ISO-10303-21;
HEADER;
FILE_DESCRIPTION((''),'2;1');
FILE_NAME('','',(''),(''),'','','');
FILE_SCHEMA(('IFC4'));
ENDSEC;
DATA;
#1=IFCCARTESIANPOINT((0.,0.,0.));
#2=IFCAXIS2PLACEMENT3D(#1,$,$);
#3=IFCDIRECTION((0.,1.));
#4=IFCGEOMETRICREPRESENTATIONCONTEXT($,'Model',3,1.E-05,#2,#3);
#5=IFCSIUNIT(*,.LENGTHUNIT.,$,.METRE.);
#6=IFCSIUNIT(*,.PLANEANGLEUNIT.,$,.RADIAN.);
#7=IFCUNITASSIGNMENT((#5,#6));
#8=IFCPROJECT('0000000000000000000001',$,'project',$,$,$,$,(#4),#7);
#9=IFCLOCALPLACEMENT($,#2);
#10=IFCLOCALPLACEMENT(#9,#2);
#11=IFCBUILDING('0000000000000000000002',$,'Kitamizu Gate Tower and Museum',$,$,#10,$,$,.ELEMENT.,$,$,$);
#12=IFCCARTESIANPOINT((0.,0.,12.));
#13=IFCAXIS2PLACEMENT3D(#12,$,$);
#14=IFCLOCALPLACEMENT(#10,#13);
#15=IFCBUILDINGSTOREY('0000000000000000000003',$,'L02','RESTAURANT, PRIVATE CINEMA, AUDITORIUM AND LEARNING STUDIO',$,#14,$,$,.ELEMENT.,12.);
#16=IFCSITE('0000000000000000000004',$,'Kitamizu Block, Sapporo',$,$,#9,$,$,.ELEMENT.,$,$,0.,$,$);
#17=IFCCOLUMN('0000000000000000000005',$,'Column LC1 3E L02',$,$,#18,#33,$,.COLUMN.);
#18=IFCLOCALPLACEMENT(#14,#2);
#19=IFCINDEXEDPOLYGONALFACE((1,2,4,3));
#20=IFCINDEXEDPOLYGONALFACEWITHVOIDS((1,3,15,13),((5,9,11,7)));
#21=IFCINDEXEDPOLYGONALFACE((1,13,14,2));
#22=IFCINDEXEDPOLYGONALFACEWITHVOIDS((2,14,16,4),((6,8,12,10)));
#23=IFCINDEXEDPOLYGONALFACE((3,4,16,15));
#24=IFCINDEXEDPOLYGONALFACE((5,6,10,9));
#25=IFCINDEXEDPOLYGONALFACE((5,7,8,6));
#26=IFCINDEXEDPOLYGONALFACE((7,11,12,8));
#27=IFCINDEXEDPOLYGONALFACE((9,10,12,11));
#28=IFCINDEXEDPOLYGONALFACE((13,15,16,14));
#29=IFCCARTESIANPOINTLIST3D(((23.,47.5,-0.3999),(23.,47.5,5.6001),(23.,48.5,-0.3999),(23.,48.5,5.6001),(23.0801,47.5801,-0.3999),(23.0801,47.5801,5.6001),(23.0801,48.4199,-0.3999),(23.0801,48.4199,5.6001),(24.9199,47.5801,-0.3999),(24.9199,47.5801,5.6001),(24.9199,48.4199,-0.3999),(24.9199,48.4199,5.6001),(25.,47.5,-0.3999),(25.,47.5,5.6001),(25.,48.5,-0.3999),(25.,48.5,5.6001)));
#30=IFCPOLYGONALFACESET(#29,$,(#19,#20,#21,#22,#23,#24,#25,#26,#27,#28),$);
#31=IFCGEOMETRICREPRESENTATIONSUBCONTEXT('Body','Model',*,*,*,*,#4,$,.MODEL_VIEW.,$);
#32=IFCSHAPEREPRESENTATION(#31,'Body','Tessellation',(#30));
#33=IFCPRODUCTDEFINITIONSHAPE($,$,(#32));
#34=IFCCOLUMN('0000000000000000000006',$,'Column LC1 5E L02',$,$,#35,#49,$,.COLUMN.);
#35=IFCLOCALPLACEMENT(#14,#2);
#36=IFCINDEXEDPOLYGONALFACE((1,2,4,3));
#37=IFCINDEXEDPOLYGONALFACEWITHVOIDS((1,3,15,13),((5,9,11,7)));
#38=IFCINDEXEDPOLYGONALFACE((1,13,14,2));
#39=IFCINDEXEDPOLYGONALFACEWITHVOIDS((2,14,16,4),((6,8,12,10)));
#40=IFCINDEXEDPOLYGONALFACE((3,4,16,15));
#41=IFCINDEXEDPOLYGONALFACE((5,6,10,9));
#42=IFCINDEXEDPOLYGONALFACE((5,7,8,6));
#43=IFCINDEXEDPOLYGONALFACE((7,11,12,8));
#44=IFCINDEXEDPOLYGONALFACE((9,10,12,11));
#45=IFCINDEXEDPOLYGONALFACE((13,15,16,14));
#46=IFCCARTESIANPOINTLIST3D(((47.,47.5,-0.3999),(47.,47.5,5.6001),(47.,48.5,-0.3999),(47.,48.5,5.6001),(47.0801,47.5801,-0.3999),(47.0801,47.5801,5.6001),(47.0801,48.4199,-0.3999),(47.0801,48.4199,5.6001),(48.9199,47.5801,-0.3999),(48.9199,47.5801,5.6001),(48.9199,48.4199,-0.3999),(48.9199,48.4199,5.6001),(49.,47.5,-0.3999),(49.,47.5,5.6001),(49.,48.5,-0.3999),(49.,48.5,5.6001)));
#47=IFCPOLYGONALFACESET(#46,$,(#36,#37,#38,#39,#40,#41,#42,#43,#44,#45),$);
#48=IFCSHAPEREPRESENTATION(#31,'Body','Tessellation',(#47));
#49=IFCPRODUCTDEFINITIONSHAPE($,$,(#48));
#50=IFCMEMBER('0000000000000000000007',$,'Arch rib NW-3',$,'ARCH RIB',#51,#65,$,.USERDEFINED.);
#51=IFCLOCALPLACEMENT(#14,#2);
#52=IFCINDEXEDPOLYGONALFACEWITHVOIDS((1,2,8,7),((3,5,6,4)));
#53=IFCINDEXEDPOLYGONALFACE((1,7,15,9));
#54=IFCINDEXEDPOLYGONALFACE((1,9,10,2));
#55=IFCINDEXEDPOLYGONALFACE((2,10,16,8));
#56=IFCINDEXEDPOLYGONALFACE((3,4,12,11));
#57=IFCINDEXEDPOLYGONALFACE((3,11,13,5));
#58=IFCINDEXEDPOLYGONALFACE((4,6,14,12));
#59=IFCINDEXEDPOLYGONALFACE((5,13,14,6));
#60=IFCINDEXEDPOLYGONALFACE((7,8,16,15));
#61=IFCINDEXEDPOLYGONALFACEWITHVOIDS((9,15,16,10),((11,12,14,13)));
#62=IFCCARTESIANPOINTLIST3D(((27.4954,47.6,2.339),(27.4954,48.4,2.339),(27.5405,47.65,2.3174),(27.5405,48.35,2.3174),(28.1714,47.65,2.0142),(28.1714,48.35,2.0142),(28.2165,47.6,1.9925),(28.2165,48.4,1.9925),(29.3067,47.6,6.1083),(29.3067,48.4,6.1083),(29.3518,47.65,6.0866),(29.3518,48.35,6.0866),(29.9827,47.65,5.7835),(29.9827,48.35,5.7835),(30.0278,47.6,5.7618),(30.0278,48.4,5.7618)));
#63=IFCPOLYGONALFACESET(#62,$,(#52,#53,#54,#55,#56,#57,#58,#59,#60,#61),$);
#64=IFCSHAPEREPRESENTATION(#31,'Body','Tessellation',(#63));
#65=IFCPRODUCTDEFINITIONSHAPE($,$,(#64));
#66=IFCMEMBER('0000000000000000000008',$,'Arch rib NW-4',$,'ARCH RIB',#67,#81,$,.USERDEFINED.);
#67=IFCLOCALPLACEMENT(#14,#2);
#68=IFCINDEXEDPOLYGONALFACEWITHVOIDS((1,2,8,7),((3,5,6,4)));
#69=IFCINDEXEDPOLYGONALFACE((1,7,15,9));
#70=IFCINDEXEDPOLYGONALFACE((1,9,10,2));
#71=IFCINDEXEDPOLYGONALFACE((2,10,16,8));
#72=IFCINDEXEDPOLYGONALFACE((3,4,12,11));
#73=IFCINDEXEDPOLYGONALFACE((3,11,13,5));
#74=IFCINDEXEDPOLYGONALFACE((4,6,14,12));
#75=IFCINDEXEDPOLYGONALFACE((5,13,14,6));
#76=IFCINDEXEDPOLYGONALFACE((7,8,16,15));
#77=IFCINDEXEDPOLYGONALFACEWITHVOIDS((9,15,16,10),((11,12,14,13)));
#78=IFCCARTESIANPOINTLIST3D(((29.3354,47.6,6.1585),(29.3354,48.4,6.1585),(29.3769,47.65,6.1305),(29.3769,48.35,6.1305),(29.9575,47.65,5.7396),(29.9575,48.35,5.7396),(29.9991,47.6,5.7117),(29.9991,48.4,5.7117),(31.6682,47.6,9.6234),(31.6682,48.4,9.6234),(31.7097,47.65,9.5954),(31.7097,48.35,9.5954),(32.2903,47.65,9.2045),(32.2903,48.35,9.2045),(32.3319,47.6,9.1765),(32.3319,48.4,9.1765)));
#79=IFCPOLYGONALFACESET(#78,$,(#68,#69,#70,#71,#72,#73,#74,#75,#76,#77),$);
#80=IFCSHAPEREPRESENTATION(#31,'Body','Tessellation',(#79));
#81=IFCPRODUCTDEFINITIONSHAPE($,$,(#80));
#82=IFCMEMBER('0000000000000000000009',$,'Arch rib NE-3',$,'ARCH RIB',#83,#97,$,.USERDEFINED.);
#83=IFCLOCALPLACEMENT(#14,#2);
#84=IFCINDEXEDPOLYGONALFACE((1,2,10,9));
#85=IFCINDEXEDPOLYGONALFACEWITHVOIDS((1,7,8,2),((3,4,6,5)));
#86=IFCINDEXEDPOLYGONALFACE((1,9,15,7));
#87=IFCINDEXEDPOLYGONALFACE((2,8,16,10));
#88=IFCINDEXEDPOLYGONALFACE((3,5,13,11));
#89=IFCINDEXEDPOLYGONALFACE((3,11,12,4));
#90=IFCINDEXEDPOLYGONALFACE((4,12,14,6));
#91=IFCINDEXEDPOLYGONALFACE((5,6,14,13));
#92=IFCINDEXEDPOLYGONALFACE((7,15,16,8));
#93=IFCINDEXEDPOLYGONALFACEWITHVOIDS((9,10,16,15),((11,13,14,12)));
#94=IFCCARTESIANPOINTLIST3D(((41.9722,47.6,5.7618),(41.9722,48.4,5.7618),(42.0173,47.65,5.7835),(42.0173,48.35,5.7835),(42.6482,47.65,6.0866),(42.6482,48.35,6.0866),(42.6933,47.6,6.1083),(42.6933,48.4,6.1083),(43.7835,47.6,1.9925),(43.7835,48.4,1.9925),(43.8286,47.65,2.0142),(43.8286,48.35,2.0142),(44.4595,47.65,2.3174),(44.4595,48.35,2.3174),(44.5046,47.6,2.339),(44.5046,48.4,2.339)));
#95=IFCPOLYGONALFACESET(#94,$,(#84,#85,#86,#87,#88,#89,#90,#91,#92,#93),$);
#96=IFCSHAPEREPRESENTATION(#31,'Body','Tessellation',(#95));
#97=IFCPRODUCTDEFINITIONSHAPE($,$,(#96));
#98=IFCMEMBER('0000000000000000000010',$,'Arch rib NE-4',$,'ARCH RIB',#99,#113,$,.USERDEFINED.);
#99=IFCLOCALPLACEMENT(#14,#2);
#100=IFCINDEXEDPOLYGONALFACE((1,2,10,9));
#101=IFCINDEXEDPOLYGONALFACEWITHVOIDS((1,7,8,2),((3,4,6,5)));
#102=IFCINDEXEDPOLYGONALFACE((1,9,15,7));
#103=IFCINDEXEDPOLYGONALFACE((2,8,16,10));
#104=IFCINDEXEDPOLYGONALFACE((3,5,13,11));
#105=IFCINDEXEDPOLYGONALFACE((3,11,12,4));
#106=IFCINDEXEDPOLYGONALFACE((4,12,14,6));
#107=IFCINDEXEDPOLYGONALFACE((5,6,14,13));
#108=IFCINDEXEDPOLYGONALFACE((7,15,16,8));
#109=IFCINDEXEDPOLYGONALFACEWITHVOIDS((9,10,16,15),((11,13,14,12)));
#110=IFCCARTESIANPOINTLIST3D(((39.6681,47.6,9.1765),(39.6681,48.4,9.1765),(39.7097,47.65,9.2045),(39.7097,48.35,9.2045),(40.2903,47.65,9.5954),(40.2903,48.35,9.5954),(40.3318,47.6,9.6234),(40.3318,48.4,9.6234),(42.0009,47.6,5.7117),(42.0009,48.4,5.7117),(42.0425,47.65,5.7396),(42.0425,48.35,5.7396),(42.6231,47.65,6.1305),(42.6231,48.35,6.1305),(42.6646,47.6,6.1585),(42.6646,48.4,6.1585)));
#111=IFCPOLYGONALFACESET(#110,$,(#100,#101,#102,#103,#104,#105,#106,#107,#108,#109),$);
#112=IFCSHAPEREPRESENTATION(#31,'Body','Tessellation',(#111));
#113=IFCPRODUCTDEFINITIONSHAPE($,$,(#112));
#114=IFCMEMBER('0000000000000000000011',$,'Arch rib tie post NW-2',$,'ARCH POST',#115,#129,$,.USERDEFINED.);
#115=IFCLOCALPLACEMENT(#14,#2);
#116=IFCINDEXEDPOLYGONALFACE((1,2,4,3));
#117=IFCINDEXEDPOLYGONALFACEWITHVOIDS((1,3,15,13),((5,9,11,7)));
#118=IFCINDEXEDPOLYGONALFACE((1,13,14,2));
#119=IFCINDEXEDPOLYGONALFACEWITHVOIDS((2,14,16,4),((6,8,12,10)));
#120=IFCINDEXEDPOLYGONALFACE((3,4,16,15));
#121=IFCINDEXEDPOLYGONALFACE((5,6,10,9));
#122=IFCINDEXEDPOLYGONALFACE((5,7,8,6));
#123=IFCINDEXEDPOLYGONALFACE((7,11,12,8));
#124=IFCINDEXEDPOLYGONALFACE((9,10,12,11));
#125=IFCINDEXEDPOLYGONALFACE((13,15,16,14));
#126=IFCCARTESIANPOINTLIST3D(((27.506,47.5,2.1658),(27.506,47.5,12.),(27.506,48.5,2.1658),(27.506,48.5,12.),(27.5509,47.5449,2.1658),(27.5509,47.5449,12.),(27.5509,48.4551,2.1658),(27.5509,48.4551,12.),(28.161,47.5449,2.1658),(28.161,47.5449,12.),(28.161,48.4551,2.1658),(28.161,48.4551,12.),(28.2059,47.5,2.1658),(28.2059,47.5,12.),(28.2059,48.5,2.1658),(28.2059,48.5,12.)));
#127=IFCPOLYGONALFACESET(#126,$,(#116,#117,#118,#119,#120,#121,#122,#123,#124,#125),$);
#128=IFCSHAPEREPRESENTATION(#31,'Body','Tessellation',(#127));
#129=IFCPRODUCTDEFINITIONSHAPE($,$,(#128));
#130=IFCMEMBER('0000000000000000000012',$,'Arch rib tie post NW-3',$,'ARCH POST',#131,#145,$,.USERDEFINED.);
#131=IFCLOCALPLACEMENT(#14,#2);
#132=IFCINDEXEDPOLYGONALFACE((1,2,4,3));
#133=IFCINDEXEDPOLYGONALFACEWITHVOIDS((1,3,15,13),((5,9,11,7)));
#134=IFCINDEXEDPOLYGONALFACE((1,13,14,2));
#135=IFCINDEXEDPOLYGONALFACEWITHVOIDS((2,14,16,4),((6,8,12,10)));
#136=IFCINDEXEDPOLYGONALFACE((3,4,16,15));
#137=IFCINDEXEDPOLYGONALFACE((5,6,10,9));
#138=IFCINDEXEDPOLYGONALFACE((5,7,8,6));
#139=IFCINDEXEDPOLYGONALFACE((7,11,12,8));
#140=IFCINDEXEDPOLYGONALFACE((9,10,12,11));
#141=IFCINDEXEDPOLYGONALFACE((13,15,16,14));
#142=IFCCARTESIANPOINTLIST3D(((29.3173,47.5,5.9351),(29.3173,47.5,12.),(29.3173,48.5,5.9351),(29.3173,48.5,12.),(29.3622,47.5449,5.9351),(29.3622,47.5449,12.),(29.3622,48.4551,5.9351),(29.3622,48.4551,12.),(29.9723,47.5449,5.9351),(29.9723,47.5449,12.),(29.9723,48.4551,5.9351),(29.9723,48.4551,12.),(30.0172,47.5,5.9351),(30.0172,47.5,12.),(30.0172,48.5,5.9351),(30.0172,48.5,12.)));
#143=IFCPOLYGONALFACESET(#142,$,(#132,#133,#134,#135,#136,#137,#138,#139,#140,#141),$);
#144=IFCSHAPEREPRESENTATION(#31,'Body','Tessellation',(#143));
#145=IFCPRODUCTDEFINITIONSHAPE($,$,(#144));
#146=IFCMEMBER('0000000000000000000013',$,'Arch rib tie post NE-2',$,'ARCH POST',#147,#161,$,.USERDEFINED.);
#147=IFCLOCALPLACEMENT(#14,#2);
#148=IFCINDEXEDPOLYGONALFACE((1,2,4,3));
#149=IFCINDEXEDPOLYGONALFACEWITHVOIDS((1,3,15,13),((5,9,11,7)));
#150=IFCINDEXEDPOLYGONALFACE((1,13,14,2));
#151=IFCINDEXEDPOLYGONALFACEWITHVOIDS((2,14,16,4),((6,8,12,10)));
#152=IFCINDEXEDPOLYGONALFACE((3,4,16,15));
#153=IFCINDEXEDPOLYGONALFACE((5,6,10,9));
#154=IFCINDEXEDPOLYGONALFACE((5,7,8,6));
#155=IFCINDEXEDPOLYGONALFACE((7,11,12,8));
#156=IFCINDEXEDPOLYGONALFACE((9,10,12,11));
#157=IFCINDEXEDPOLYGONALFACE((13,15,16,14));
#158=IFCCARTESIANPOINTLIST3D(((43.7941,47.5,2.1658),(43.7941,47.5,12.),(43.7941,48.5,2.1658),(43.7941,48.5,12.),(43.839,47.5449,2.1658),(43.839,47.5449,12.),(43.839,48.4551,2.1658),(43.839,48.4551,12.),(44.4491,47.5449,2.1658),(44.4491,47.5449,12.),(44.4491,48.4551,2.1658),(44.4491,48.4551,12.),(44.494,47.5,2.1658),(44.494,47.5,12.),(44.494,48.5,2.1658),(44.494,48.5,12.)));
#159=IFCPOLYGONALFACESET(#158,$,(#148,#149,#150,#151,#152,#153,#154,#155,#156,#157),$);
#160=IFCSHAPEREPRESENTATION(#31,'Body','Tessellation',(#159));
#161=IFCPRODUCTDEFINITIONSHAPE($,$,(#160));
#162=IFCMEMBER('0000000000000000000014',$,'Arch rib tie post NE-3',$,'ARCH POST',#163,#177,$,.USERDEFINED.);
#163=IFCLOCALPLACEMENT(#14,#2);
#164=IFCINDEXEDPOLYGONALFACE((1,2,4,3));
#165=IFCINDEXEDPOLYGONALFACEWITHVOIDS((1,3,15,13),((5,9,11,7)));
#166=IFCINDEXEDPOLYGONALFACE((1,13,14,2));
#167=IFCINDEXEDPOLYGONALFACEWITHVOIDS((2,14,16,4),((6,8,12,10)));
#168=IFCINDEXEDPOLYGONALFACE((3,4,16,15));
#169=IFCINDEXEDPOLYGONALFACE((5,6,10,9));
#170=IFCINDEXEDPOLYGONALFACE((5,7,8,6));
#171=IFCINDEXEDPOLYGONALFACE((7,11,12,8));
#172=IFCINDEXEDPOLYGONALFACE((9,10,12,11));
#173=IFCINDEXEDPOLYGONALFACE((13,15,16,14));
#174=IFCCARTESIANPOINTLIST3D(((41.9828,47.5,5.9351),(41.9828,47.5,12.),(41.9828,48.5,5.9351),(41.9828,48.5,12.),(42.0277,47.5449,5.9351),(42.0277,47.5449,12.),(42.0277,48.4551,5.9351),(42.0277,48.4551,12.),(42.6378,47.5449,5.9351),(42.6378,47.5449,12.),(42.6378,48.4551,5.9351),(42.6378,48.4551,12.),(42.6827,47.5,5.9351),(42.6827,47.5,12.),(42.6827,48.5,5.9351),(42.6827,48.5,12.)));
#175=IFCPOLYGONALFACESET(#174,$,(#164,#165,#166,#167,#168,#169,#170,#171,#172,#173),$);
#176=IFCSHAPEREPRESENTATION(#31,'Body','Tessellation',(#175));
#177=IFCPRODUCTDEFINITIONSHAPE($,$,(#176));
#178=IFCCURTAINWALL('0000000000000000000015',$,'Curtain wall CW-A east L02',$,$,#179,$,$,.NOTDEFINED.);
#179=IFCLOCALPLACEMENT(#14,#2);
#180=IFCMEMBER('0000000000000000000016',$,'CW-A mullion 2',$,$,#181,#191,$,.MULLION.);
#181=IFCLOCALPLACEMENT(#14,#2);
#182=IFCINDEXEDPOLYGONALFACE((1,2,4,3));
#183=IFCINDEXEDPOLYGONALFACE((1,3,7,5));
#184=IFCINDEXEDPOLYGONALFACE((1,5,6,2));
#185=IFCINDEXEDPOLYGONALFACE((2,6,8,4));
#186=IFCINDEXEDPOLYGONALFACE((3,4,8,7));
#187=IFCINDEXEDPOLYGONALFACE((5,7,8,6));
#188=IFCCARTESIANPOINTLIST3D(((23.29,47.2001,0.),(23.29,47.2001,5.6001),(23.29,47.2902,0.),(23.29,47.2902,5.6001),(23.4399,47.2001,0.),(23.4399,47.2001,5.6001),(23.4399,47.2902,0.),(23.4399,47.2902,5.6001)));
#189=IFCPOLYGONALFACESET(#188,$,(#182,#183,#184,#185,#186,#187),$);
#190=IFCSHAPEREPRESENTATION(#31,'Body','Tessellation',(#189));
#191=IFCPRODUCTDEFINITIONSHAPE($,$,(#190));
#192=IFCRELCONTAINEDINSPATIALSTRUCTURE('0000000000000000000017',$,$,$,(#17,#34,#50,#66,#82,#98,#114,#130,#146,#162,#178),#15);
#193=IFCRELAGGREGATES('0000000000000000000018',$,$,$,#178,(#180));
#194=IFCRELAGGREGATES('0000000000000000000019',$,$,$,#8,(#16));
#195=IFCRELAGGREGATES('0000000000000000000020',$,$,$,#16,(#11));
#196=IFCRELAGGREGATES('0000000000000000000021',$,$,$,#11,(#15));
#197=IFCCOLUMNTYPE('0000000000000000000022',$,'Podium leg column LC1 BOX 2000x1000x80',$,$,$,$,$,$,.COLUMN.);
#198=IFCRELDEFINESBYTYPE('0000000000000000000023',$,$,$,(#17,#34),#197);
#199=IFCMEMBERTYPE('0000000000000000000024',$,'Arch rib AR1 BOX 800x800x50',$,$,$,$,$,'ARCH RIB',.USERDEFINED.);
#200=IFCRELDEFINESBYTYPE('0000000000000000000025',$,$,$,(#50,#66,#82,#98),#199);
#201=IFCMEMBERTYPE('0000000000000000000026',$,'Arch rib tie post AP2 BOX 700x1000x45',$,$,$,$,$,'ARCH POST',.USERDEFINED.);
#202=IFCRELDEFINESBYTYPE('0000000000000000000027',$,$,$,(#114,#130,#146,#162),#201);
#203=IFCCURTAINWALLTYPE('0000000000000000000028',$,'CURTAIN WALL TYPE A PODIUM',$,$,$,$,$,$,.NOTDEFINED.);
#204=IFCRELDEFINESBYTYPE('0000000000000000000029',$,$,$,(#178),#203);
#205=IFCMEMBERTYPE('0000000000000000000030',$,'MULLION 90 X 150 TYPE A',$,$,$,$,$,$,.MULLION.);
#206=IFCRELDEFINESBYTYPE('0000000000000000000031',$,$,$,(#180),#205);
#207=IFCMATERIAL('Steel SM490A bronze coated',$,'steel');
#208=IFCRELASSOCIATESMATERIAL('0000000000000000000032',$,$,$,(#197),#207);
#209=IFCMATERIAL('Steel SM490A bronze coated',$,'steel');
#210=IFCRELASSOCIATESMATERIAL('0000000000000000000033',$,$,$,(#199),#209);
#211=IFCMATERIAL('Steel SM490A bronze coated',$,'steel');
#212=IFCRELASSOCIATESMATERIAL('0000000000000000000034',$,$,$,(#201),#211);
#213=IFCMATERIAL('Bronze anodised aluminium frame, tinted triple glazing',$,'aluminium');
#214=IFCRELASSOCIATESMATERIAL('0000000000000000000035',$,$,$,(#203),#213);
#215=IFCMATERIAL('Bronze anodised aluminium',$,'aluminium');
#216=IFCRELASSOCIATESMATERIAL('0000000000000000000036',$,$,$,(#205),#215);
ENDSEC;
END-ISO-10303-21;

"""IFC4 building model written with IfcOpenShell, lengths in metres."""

from ifc_helpers import new_model, si_unit, direction, frame, origin, origin_2d, place, context, subcontext, project, spatial, rectangle, hollow_rectangle, extrude, material, material_profile, profile_set, type_object, element, aggregate, save


model = new_model("IFC4")

# Units and contexts
model_context = context("Model", 3, precision=1e-05, world=origin(), true_north=direction((0.0, 1.0)))
body_context = subcontext(model_context, "Body", "Model", "MODEL_VIEW")
ifc_project = project(units=[si_unit("LENGTHUNIT", "METRE"), si_unit("PLANEANGLEUNIT", "RADIAN")], contexts=[model_context])

# Site, building, storey
site_placement = place(None, origin())
site = spatial("IfcSite", under=ifc_project, at=site_placement, Name="Kitamizu Block, Sapporo", CompositionType="ELEMENT", RefElevation=0.0)
building_placement = place(site_placement, origin())
building = spatial("IfcBuilding", under=site, at=building_placement, Name="Kitamizu Gate Tower and Museum", CompositionType="ELEMENT")
storey_placement = place(building_placement, frame((0.0, 0.0, 12.0)))
storey = spatial("IfcBuildingStorey", under=building, at=storey_placement, Name="L02", Description="RESTAURANT, PRIVATE CINEMA, AUDITORIUM AND LEARNING STUDIO", CompositionType="ELEMENT", Elevation=12.0)

# Columns
ifc_material_1 = material(Name="Steel SM490A bronze coated", Category="steel")
ifc_material_profile_1 = material_profile(ifc_material_1, hollow_rectangle(XDim=2.0, YDim=1.0, WallThickness=0.0801, at=origin_2d()), Name="BOX 2000x1000x80")
ifc_profile_set_1 = profile_set([ifc_material_profile_1], Name="Steel SM490A bronze coated")
column_type = type_object("IfcColumnType", Name="Podium leg column LC1 BOX 2000x1000x80", PredefinedType="COLUMN", material=ifc_profile_set_1)
for number, where, z_axis, x_axis, name in (
    (1, (24.0, 48.0, -0.3999), (0.0, 0.0, 1.0), (1.0, 0.0, 0.0), "Column LC1 3E L02"),
    (2, (48.0, 48.0, -0.3999), (0.0, 0.0, 1.0), (1.0, 0.0, 0.0), "Column LC1 5E L02"),
):
    element("IfcColumn", number, at=place(storey_placement, frame(where, z_axis=z_axis, x_axis=x_axis)), inside=storey, type_object=column_type, Name=name, PredefinedType="COLUMN", context=body_context, shape_type="SweptSolid", body=[
        extrude(hollow_rectangle(XDim=2.0, YDim=1.0, WallThickness=0.0801, at=origin_2d()), origin(), (0.0, 0.0, 1.0), 6.0),
    ])

# Members
ifc_material_2 = material(Name="Steel SM490A bronze coated", Category="steel")
ifc_material_profile_2 = material_profile(ifc_material_2, hollow_rectangle(XDim=0.8, YDim=0.8, WallThickness=0.05, at=origin_2d()), Name="BOX 800x800x50")
ifc_profile_set_2 = profile_set([ifc_material_profile_2], Name="Steel SM490A bronze coated")
member_type_1 = type_object("IfcMemberType", Name="Arch rib AR1 BOX 800x800x50", ElementType="ARCH RIB", PredefinedType="USERDEFINED", material=ifc_profile_set_2)
member_1_placement = place(storey_placement, frame((27.856, 48.0, 2.1658), z_axis=(0.433124, 0.0, 0.901334), x_axis=(0.0, 1.0, 0.0)))
element("IfcMember", 3, at=member_1_placement, inside=storey, type_object=member_type_1, Name="Arch rib NW-3", ObjectType="ARCH RIB", PredefinedType="USERDEFINED", context=body_context, shape_type="SweptSolid", body=[
    extrude(hollow_rectangle(XDim=0.8, YDim=0.8, WallThickness=0.05, at=origin_2d()), origin(), (0.0, 0.0, 1.0), 4.1819),
])
member_2_placement = place(storey_placement, frame((29.6672, 48.0, 5.9351), z_axis=(0.558485, 0.0, 0.829515), x_axis=(0.0, 1.0, 0.0)))
element("IfcMember", 4, at=member_2_placement, inside=storey, type_object=member_type_1, Name="Arch rib NW-4", ObjectType="ARCH RIB", PredefinedType="USERDEFINED", context=body_context, shape_type="SweptSolid", body=[
    extrude(hollow_rectangle(XDim=0.8, YDim=0.8, WallThickness=0.05, at=origin_2d()), origin(), (0.0, 0.0, 1.0), 4.177),
])
member_3_placement = place(storey_placement, frame((44.144, 48.0, 2.1658), z_axis=(-0.433124, 0.0, 0.901334), x_axis=(0.0, -1.0, 0.0)))
element("IfcMember", 5, at=member_3_placement, inside=storey, type_object=member_type_1, Name="Arch rib NE-3", ObjectType="ARCH RIB", PredefinedType="USERDEFINED", context=body_context, shape_type="SweptSolid", body=[
    extrude(hollow_rectangle(XDim=0.8, YDim=0.8, WallThickness=0.05, at=origin_2d()), origin(), (0.0, 0.0, 1.0), 4.1819),
])
member_4_placement = place(storey_placement, frame((42.3328, 48.0, 5.9351), z_axis=(-0.558485, 0.0, 0.829515), x_axis=(0.0, -1.0, 0.0)))
element("IfcMember", 6, at=member_4_placement, inside=storey, type_object=member_type_1, Name="Arch rib NE-4", ObjectType="ARCH RIB", PredefinedType="USERDEFINED", context=body_context, shape_type="SweptSolid", body=[
    extrude(hollow_rectangle(XDim=0.8, YDim=0.8, WallThickness=0.05, at=origin_2d()), origin(), (0.0, 0.0, 1.0), 4.177),
])
ifc_material_3 = material(Name="Steel SM490A bronze coated", Category="steel")
ifc_material_profile_3 = material_profile(ifc_material_3, hollow_rectangle(XDim=0.7, YDim=1.0, WallThickness=0.0449, at=origin_2d()), Name="BOX 700x1000x45")
ifc_profile_set_3 = profile_set([ifc_material_profile_3], Name="Steel SM490A bronze coated")
member_type_2 = type_object("IfcMemberType", Name="Arch rib tie post AP2 BOX 700x1000x45", ElementType="ARCH POST", PredefinedType="USERDEFINED", material=ifc_profile_set_3)
member_5_placement = place(storey_placement, frame((27.856, 48.0, 2.1658), z_axis=(0.0, 0.0, 1.0), x_axis=(1.0, 0.0, 0.0)))
element("IfcMember", 7, at=member_5_placement, inside=storey, type_object=member_type_2, Name="Arch rib tie post NW-2", ObjectType="ARCH POST", PredefinedType="USERDEFINED", context=body_context, shape_type="SweptSolid", body=[
    extrude(hollow_rectangle(XDim=0.7, YDim=1.0, WallThickness=0.0449, at=origin_2d()), origin(), (0.0, 0.0, 1.0), 9.8342),
])
member_6_placement = place(storey_placement, frame((29.6672, 48.0, 5.9351), z_axis=(0.0, 0.0, 1.0), x_axis=(1.0, 0.0, 0.0)))
element("IfcMember", 8, at=member_6_placement, inside=storey, type_object=member_type_2, Name="Arch rib tie post NW-3", ObjectType="ARCH POST", PredefinedType="USERDEFINED", context=body_context, shape_type="SweptSolid", body=[
    extrude(hollow_rectangle(XDim=0.7, YDim=1.0, WallThickness=0.0449, at=origin_2d()), origin(), (0.0, 0.0, 1.0), 6.0649),
])
member_7_placement = place(storey_placement, frame((44.144, 48.0, 2.1658), z_axis=(0.0, 0.0, 1.0), x_axis=(1.0, 0.0, 0.0)))
element("IfcMember", 9, at=member_7_placement, inside=storey, type_object=member_type_2, Name="Arch rib tie post NE-2", ObjectType="ARCH POST", PredefinedType="USERDEFINED", context=body_context, shape_type="SweptSolid", body=[
    extrude(hollow_rectangle(XDim=0.7, YDim=1.0, WallThickness=0.0449, at=origin_2d()), origin(), (0.0, 0.0, 1.0), 9.8342),
])
member_8_placement = place(storey_placement, frame((42.3328, 48.0, 5.9351), z_axis=(0.0, 0.0, 1.0), x_axis=(1.0, 0.0, 0.0)))
element("IfcMember", 10, at=member_8_placement, inside=storey, type_object=member_type_2, Name="Arch rib tie post NE-3", ObjectType="ARCH POST", PredefinedType="USERDEFINED", context=body_context, shape_type="SweptSolid", body=[
    extrude(hollow_rectangle(XDim=0.7, YDim=1.0, WallThickness=0.0449, at=origin_2d()), origin(), (0.0, 0.0, 1.0), 6.0649),
])

# Curtain wall, member
ifc_material_4 = material(Name="Bronze anodised aluminium frame, tinted triple glazing", Category="aluminium")
curtain_wall_type = type_object("IfcCurtainWallType", Name="CURTAIN WALL TYPE A PODIUM", PredefinedType="NOTDEFINED", material=ifc_material_4)
curtain_wall_1_placement = place(storey_placement, origin())
curtain_wall_1 = element("IfcCurtainWall", 11, at=curtain_wall_1_placement, inside=storey, type_object=curtain_wall_type, Name="Curtain wall CW-A east L02", PredefinedType="NOTDEFINED")
ifc_material_5 = material(Name="Bronze anodised aluminium", Category="aluminium")
ifc_material_profile_4 = material_profile(ifc_material_5, rectangle(XDim=0.0901, YDim=0.1499, at=origin_2d()), Name="AL 90X150")
ifc_profile_set_4 = profile_set([ifc_material_profile_4], Name="Bronze anodised aluminium")
member_type_3 = type_object("IfcMemberType", Name="MULLION 90 X 150 TYPE A", PredefinedType="MULLION", material=ifc_profile_set_4)
member_9_placement = place(storey_placement, frame((23.365, 47.2451, 0.0), z_axis=(0.0, 0.0, 1.0), x_axis=(0.0, 1.0, 0.0)))
member_9 = element("IfcMember", 12, at=member_9_placement, type_object=member_type_3, Name="CW-A mullion 2", PredefinedType="MULLION", context=body_context, shape_type="SweptSolid", body=[
    extrude(rectangle(XDim=0.0901, YDim=0.1499, at=origin_2d()), origin(), (0.0, 0.0, 1.0), 5.6001),
])

aggregate(curtain_wall_1, [member_9])

save(model, "model.ifc")
